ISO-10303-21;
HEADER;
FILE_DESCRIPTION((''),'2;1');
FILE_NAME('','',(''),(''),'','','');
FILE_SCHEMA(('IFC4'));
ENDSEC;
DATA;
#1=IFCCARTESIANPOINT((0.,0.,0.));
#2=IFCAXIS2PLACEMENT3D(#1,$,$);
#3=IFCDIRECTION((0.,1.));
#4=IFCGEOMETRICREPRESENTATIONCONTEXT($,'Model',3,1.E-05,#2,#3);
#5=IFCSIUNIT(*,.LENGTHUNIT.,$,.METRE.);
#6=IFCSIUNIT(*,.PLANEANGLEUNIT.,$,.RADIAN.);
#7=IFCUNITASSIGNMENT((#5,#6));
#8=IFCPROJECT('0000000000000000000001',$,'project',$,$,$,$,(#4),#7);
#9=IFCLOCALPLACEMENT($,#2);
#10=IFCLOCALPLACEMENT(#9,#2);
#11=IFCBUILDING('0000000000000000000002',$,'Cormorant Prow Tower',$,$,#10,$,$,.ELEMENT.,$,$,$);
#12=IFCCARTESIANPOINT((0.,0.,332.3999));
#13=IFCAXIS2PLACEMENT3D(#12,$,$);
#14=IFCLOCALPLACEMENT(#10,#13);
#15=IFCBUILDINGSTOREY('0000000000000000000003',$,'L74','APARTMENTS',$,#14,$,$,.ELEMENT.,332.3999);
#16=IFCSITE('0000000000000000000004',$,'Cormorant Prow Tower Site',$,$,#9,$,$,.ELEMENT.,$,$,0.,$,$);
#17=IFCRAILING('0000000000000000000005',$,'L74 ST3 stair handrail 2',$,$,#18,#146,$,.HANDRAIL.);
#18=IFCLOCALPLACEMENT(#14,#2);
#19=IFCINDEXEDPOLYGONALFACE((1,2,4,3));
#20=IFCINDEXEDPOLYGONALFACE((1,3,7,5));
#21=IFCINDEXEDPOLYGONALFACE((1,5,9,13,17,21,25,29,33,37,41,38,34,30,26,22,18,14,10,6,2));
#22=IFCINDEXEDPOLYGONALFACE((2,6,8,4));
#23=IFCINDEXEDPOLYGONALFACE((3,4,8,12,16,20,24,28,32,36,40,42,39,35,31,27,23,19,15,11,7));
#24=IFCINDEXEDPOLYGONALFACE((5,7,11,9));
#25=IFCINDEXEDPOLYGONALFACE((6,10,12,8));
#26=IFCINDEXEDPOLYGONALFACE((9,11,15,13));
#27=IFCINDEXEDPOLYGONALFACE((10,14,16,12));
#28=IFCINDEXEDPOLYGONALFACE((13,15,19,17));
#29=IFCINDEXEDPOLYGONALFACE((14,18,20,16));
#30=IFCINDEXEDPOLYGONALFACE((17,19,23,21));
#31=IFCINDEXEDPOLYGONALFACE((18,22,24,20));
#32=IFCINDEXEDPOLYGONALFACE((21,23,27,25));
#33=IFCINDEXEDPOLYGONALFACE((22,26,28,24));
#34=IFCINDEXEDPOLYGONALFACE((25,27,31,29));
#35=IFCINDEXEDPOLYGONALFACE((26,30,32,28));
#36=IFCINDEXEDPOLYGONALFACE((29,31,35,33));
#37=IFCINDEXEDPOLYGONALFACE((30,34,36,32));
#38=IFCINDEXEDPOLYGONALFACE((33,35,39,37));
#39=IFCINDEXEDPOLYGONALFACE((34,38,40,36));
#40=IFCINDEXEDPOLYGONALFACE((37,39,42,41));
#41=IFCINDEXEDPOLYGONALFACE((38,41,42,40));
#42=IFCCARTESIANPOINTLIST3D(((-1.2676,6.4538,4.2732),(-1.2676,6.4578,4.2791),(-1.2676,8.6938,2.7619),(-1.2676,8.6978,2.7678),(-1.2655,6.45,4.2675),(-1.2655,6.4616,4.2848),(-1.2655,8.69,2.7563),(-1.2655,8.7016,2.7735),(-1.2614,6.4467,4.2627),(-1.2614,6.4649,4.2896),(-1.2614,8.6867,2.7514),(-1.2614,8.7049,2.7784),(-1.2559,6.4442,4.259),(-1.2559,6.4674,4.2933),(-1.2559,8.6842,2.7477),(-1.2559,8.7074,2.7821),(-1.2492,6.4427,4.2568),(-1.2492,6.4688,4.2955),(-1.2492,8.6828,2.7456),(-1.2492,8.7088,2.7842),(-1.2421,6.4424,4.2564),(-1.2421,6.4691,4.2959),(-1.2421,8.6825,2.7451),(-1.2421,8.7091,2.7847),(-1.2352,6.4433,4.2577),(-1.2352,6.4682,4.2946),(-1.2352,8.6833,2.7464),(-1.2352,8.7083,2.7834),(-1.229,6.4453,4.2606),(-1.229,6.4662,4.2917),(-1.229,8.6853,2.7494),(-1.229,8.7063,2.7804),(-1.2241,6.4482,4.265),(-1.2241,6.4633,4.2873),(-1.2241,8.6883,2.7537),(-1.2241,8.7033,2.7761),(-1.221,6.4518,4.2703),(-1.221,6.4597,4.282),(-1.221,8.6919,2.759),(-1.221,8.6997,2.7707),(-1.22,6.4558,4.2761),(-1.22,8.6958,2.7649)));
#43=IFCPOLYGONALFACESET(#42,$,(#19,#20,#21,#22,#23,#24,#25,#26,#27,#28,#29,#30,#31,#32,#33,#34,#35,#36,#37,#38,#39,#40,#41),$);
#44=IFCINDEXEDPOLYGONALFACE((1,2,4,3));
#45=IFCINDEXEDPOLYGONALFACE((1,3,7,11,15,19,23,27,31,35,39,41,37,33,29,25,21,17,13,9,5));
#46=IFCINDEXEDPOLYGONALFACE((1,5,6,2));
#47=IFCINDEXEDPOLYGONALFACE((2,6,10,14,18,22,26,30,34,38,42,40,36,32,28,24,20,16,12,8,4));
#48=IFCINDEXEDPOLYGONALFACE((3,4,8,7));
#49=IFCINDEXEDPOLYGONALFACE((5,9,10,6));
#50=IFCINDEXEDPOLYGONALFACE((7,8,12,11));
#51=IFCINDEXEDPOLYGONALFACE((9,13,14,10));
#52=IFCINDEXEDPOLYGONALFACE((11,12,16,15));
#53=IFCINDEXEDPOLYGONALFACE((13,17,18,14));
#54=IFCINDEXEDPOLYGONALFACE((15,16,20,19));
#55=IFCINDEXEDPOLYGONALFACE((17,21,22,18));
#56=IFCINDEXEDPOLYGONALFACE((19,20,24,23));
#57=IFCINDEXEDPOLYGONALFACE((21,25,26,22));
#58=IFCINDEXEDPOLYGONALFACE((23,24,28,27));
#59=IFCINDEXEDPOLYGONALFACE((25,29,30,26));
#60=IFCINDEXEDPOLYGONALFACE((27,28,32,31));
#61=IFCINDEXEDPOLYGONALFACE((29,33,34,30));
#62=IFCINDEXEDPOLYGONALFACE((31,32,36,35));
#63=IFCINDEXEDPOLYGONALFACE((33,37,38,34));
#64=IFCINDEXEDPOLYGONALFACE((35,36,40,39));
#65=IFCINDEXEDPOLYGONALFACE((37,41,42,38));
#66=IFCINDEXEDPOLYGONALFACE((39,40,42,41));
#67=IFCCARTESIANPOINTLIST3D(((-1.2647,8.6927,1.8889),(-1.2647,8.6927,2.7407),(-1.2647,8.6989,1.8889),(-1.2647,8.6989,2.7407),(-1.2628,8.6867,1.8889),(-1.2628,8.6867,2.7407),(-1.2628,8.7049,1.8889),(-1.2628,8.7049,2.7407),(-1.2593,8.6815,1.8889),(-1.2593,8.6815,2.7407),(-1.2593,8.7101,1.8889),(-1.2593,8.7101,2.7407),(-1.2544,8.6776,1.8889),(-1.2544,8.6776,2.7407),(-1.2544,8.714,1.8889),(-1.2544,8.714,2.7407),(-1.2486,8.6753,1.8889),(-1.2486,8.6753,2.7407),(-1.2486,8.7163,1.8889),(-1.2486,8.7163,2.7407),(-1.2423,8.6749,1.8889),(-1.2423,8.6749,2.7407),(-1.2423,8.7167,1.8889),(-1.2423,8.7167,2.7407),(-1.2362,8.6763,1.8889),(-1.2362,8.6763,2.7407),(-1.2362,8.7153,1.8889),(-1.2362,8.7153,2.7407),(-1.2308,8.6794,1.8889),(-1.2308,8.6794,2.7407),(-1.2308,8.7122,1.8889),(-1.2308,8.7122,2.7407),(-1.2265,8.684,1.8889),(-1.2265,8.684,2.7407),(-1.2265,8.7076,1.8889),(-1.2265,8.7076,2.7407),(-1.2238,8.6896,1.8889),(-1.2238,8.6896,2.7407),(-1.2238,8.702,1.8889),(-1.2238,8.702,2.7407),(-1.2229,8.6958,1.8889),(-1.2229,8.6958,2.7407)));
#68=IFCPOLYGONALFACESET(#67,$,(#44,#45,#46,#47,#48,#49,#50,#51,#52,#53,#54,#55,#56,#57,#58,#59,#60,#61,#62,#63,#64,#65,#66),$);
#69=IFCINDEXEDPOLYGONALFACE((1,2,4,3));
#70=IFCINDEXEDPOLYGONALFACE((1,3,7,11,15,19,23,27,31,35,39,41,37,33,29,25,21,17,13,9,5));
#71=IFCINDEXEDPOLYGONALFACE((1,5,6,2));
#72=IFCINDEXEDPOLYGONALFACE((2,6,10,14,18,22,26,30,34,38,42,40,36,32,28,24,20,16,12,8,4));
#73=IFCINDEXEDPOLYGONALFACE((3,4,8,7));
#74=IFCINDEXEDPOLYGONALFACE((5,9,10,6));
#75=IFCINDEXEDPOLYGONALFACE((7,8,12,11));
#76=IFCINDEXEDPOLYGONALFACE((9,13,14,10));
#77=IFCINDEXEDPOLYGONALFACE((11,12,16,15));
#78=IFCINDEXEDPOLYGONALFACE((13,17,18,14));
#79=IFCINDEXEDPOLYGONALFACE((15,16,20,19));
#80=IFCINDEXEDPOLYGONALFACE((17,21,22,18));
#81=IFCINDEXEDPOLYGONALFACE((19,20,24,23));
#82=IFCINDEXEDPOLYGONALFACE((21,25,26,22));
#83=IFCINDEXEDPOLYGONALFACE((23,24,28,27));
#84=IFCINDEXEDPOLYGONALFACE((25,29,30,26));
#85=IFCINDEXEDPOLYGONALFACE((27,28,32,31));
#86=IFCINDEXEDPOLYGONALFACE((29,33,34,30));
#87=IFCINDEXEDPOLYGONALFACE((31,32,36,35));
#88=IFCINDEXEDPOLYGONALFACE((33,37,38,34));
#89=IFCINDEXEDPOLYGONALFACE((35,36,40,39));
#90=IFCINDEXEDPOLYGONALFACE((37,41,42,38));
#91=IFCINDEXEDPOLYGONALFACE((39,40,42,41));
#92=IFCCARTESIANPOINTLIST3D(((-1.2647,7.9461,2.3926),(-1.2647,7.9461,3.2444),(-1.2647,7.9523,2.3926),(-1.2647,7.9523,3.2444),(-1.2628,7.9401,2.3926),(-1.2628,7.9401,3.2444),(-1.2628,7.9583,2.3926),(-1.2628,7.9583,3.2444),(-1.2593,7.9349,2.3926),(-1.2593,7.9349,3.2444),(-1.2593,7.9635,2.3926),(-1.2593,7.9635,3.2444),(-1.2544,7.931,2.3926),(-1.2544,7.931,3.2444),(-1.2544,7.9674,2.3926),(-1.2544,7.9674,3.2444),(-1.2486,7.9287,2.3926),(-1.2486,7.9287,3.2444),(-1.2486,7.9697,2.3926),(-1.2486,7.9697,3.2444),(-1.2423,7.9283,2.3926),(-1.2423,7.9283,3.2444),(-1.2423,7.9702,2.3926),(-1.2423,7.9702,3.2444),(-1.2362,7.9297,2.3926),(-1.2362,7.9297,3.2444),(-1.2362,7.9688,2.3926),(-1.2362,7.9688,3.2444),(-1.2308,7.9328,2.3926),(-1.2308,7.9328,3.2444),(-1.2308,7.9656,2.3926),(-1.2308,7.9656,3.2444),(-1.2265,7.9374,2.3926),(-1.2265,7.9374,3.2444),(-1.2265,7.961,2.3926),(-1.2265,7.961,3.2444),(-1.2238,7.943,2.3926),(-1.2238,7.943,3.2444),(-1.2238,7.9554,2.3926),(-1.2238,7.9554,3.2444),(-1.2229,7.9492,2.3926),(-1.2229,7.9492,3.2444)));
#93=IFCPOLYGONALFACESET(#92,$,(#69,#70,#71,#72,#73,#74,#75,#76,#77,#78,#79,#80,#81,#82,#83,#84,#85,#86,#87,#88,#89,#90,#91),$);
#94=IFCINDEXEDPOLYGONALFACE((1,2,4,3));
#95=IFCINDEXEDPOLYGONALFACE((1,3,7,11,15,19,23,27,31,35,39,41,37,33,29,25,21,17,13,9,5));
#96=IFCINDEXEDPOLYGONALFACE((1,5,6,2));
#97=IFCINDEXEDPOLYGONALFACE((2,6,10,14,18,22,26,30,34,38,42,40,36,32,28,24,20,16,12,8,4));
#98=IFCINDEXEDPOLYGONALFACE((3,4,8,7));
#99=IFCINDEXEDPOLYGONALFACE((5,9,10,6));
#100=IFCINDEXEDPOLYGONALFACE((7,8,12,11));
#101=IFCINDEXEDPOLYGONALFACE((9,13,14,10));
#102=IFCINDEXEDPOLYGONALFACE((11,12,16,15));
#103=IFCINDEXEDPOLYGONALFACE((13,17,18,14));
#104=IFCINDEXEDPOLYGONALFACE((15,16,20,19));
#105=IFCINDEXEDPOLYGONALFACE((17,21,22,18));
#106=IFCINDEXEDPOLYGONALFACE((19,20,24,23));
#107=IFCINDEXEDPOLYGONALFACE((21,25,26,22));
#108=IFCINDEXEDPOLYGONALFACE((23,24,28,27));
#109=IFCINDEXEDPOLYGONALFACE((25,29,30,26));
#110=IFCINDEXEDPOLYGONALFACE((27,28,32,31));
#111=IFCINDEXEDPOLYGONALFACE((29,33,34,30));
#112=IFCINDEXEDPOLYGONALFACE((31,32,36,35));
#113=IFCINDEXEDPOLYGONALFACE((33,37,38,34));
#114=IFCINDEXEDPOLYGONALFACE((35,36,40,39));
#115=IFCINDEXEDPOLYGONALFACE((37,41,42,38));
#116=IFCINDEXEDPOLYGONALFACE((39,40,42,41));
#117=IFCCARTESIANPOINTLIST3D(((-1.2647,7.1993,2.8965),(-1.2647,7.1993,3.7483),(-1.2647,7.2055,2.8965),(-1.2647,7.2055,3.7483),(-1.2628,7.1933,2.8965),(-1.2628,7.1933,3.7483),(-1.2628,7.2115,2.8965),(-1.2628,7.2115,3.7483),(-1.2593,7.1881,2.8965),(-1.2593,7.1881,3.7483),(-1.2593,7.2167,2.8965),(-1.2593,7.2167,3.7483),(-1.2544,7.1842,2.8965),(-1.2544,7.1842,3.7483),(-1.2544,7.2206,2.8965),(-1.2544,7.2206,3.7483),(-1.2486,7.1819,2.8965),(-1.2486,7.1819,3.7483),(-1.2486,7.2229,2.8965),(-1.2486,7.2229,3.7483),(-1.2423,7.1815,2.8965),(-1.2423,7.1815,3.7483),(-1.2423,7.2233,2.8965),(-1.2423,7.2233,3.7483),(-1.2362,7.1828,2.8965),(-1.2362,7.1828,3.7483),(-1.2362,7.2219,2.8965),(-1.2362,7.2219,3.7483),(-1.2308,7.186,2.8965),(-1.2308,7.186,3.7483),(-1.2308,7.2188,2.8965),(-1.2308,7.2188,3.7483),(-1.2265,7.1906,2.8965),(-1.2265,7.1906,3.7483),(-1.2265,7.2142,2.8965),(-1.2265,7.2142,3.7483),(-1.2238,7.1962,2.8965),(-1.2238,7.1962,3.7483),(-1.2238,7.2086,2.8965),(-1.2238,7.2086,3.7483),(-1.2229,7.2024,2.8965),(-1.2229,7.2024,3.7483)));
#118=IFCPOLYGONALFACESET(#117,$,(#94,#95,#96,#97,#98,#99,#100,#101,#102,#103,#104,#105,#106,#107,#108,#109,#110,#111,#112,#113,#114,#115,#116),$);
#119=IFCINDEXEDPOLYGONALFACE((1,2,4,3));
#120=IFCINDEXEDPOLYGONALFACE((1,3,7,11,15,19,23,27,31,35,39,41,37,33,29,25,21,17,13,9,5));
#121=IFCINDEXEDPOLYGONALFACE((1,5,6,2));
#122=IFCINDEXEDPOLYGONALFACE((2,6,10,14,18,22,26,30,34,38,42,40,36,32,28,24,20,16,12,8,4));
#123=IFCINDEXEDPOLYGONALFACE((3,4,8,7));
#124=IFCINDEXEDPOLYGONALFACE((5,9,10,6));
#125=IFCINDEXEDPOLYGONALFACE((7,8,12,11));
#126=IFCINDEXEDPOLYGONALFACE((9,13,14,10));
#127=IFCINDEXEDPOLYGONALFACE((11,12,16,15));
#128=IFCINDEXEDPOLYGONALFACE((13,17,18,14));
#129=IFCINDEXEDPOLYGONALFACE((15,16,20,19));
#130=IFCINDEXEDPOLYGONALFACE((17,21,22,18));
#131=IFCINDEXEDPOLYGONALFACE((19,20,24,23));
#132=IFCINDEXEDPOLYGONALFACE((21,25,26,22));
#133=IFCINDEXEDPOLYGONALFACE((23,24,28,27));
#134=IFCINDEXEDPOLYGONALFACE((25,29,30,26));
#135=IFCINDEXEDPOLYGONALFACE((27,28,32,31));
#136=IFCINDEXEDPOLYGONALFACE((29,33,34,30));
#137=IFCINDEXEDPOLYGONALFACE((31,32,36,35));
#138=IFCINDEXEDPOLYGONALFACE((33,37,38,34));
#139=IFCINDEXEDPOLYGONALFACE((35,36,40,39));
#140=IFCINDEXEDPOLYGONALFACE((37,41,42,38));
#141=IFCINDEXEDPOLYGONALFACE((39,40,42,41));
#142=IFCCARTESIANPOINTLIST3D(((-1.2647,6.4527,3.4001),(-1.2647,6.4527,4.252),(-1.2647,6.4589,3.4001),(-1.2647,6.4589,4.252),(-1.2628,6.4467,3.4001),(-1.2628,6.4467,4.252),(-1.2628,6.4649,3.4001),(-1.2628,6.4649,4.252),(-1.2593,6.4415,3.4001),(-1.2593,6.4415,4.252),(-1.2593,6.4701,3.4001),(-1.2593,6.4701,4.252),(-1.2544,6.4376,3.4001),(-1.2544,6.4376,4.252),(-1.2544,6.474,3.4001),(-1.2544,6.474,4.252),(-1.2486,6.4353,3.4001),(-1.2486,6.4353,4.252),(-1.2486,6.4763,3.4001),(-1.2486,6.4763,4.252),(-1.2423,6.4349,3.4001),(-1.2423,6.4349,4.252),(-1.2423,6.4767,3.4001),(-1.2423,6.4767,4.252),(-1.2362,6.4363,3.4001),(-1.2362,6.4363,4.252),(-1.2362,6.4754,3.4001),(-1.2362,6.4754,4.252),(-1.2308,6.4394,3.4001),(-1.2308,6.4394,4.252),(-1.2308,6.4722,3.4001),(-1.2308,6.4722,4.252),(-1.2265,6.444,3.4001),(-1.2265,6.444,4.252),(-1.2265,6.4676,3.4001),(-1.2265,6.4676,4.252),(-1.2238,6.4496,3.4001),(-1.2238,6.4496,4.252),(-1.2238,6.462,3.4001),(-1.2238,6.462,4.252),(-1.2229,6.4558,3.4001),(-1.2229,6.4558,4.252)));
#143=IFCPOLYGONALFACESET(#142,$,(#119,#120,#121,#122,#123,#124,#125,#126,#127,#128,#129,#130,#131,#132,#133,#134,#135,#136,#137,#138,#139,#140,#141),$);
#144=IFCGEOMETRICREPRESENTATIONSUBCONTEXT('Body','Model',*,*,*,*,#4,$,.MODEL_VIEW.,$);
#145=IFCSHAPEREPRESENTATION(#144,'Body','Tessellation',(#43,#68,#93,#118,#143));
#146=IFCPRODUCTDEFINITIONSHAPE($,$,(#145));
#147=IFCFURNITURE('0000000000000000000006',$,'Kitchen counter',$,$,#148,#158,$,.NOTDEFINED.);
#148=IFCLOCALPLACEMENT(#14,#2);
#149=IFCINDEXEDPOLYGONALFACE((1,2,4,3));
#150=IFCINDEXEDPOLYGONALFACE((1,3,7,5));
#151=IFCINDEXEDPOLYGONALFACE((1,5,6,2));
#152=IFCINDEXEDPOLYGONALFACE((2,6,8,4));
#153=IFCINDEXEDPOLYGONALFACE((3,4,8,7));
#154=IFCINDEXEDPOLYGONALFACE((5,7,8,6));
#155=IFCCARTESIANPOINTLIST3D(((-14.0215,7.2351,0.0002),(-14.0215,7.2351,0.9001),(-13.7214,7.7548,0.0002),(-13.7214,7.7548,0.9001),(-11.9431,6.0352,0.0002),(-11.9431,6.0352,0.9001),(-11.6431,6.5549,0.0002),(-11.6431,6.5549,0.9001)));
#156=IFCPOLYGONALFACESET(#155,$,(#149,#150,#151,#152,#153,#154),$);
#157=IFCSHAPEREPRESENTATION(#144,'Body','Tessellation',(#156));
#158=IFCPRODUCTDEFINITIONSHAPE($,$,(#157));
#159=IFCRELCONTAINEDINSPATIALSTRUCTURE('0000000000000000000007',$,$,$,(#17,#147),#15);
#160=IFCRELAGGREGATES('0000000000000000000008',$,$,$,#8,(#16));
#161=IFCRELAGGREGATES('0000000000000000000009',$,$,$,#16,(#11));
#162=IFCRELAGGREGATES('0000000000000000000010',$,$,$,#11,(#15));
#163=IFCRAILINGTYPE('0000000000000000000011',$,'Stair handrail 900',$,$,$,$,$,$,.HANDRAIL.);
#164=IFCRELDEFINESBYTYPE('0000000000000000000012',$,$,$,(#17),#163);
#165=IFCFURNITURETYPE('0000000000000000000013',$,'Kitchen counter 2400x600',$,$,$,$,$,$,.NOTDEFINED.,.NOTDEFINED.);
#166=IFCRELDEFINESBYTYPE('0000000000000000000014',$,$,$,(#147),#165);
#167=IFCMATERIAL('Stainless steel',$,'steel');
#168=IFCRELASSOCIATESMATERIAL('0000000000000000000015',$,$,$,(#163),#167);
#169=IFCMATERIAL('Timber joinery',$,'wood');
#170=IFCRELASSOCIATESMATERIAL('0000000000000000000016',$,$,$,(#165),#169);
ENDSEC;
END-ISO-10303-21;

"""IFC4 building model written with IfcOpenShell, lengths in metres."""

from ifc_helpers import new_model, si_unit, direction, frame, origin, origin_2d, place, context, subcontext, project, spatial, rectangle, circle, extrude, material, type_object, element, save


model = new_model("IFC4")

# Units and contexts
model_context = context("Model", 3, precision=1e-05, world=origin(), true_north=direction((0.0, 1.0)))
body_context = subcontext(model_context, "Body", "Model", "MODEL_VIEW")
ifc_project = project(units=[si_unit("LENGTHUNIT", "METRE"), si_unit("PLANEANGLEUNIT", "RADIAN")], contexts=[model_context])

# Site, building, storey
site_placement = place(None, origin())
site = spatial("IfcSite", under=ifc_project, at=site_placement, Name="Cormorant Prow Tower Site", CompositionType="ELEMENT", RefElevation=0.0)
building_placement = place(site_placement, origin())
building = spatial("IfcBuilding", under=site, at=building_placement, Name="Cormorant Prow Tower", CompositionType="ELEMENT")
storey_placement = place(building_placement, frame((0.0, 0.0, 332.3999)))
storey = spatial("IfcBuildingStorey", under=building, at=storey_placement, Name="L74", Description="APARTMENTS", CompositionType="ELEMENT", Elevation=332.3999)

# Railing
ifc_material_1 = material(Name="Stainless steel", Category="steel")
railing_type = type_object("IfcRailingType", Name="Stair handrail 900", PredefinedType="HANDRAIL", material=ifc_material_1)
railing_placement = place(storey_placement, frame((-1.2439, 8.6958, 1.8889)))
element("IfcRailing", 1, at=railing_placement, inside=storey, type_object=railing_type, Name="L74 ST3 stair handrail 2", PredefinedType="HANDRAIL", context=body_context, shape_type="SweptSolid", body=[
    extrude(circle(Radius=0.0239, at=origin_2d()), frame((0.0, 0.0, 0.876), z_axis=(0.0, -0.82898, 0.559279), x_axis=(1.0, 0.0, 0.0)), (0.0, 0.0, 1.0), 2.7021),
    extrude(circle(Radius=0.021, at=origin_2d()), origin(), (0.0, 0.0, 1.0), 0.8518),
    extrude(circle(Radius=0.021, at=origin_2d()), frame((0.0, -0.7466, 0.5037)), (0.0, 0.0, 1.0), 0.8518),
    extrude(circle(Radius=0.021, at=origin_2d()), frame((0.0, -1.4934, 1.0076)), (0.0, 0.0, 1.0), 0.8518),
    extrude(circle(Radius=0.021, at=origin_2d()), frame((0.0, -2.24, 1.5112)), (0.0, 0.0, 1.0), 0.8518),
])

# Furniture
ifc_material_2 = material(Name="Timber joinery", Category="wood")
furniture_type = type_object("IfcFurnitureType", Name="Kitchen counter 2400x600", AssemblyPlace="NOTDEFINED", PredefinedType="NOTDEFINED", material=ifc_material_2)
furniture_placement = place(storey_placement, frame((-12.8323, 6.895, 0.0002), z_axis=(0.0, 0.0, 1.0), x_axis=(0.866025, -0.5, 0.0)))
element("IfcFurniture", 2, at=furniture_placement, inside=storey, type_object=furniture_type, Name="Kitchen counter", PredefinedType="NOTDEFINED", context=body_context, shape_type="SweptSolid", body=[
    extrude(rectangle(XDim=2.3999, YDim=0.6001, at=origin_2d()), origin(), (0.0, 0.0, 1.0), 0.8999),
])

save(model, "model.ifc")
